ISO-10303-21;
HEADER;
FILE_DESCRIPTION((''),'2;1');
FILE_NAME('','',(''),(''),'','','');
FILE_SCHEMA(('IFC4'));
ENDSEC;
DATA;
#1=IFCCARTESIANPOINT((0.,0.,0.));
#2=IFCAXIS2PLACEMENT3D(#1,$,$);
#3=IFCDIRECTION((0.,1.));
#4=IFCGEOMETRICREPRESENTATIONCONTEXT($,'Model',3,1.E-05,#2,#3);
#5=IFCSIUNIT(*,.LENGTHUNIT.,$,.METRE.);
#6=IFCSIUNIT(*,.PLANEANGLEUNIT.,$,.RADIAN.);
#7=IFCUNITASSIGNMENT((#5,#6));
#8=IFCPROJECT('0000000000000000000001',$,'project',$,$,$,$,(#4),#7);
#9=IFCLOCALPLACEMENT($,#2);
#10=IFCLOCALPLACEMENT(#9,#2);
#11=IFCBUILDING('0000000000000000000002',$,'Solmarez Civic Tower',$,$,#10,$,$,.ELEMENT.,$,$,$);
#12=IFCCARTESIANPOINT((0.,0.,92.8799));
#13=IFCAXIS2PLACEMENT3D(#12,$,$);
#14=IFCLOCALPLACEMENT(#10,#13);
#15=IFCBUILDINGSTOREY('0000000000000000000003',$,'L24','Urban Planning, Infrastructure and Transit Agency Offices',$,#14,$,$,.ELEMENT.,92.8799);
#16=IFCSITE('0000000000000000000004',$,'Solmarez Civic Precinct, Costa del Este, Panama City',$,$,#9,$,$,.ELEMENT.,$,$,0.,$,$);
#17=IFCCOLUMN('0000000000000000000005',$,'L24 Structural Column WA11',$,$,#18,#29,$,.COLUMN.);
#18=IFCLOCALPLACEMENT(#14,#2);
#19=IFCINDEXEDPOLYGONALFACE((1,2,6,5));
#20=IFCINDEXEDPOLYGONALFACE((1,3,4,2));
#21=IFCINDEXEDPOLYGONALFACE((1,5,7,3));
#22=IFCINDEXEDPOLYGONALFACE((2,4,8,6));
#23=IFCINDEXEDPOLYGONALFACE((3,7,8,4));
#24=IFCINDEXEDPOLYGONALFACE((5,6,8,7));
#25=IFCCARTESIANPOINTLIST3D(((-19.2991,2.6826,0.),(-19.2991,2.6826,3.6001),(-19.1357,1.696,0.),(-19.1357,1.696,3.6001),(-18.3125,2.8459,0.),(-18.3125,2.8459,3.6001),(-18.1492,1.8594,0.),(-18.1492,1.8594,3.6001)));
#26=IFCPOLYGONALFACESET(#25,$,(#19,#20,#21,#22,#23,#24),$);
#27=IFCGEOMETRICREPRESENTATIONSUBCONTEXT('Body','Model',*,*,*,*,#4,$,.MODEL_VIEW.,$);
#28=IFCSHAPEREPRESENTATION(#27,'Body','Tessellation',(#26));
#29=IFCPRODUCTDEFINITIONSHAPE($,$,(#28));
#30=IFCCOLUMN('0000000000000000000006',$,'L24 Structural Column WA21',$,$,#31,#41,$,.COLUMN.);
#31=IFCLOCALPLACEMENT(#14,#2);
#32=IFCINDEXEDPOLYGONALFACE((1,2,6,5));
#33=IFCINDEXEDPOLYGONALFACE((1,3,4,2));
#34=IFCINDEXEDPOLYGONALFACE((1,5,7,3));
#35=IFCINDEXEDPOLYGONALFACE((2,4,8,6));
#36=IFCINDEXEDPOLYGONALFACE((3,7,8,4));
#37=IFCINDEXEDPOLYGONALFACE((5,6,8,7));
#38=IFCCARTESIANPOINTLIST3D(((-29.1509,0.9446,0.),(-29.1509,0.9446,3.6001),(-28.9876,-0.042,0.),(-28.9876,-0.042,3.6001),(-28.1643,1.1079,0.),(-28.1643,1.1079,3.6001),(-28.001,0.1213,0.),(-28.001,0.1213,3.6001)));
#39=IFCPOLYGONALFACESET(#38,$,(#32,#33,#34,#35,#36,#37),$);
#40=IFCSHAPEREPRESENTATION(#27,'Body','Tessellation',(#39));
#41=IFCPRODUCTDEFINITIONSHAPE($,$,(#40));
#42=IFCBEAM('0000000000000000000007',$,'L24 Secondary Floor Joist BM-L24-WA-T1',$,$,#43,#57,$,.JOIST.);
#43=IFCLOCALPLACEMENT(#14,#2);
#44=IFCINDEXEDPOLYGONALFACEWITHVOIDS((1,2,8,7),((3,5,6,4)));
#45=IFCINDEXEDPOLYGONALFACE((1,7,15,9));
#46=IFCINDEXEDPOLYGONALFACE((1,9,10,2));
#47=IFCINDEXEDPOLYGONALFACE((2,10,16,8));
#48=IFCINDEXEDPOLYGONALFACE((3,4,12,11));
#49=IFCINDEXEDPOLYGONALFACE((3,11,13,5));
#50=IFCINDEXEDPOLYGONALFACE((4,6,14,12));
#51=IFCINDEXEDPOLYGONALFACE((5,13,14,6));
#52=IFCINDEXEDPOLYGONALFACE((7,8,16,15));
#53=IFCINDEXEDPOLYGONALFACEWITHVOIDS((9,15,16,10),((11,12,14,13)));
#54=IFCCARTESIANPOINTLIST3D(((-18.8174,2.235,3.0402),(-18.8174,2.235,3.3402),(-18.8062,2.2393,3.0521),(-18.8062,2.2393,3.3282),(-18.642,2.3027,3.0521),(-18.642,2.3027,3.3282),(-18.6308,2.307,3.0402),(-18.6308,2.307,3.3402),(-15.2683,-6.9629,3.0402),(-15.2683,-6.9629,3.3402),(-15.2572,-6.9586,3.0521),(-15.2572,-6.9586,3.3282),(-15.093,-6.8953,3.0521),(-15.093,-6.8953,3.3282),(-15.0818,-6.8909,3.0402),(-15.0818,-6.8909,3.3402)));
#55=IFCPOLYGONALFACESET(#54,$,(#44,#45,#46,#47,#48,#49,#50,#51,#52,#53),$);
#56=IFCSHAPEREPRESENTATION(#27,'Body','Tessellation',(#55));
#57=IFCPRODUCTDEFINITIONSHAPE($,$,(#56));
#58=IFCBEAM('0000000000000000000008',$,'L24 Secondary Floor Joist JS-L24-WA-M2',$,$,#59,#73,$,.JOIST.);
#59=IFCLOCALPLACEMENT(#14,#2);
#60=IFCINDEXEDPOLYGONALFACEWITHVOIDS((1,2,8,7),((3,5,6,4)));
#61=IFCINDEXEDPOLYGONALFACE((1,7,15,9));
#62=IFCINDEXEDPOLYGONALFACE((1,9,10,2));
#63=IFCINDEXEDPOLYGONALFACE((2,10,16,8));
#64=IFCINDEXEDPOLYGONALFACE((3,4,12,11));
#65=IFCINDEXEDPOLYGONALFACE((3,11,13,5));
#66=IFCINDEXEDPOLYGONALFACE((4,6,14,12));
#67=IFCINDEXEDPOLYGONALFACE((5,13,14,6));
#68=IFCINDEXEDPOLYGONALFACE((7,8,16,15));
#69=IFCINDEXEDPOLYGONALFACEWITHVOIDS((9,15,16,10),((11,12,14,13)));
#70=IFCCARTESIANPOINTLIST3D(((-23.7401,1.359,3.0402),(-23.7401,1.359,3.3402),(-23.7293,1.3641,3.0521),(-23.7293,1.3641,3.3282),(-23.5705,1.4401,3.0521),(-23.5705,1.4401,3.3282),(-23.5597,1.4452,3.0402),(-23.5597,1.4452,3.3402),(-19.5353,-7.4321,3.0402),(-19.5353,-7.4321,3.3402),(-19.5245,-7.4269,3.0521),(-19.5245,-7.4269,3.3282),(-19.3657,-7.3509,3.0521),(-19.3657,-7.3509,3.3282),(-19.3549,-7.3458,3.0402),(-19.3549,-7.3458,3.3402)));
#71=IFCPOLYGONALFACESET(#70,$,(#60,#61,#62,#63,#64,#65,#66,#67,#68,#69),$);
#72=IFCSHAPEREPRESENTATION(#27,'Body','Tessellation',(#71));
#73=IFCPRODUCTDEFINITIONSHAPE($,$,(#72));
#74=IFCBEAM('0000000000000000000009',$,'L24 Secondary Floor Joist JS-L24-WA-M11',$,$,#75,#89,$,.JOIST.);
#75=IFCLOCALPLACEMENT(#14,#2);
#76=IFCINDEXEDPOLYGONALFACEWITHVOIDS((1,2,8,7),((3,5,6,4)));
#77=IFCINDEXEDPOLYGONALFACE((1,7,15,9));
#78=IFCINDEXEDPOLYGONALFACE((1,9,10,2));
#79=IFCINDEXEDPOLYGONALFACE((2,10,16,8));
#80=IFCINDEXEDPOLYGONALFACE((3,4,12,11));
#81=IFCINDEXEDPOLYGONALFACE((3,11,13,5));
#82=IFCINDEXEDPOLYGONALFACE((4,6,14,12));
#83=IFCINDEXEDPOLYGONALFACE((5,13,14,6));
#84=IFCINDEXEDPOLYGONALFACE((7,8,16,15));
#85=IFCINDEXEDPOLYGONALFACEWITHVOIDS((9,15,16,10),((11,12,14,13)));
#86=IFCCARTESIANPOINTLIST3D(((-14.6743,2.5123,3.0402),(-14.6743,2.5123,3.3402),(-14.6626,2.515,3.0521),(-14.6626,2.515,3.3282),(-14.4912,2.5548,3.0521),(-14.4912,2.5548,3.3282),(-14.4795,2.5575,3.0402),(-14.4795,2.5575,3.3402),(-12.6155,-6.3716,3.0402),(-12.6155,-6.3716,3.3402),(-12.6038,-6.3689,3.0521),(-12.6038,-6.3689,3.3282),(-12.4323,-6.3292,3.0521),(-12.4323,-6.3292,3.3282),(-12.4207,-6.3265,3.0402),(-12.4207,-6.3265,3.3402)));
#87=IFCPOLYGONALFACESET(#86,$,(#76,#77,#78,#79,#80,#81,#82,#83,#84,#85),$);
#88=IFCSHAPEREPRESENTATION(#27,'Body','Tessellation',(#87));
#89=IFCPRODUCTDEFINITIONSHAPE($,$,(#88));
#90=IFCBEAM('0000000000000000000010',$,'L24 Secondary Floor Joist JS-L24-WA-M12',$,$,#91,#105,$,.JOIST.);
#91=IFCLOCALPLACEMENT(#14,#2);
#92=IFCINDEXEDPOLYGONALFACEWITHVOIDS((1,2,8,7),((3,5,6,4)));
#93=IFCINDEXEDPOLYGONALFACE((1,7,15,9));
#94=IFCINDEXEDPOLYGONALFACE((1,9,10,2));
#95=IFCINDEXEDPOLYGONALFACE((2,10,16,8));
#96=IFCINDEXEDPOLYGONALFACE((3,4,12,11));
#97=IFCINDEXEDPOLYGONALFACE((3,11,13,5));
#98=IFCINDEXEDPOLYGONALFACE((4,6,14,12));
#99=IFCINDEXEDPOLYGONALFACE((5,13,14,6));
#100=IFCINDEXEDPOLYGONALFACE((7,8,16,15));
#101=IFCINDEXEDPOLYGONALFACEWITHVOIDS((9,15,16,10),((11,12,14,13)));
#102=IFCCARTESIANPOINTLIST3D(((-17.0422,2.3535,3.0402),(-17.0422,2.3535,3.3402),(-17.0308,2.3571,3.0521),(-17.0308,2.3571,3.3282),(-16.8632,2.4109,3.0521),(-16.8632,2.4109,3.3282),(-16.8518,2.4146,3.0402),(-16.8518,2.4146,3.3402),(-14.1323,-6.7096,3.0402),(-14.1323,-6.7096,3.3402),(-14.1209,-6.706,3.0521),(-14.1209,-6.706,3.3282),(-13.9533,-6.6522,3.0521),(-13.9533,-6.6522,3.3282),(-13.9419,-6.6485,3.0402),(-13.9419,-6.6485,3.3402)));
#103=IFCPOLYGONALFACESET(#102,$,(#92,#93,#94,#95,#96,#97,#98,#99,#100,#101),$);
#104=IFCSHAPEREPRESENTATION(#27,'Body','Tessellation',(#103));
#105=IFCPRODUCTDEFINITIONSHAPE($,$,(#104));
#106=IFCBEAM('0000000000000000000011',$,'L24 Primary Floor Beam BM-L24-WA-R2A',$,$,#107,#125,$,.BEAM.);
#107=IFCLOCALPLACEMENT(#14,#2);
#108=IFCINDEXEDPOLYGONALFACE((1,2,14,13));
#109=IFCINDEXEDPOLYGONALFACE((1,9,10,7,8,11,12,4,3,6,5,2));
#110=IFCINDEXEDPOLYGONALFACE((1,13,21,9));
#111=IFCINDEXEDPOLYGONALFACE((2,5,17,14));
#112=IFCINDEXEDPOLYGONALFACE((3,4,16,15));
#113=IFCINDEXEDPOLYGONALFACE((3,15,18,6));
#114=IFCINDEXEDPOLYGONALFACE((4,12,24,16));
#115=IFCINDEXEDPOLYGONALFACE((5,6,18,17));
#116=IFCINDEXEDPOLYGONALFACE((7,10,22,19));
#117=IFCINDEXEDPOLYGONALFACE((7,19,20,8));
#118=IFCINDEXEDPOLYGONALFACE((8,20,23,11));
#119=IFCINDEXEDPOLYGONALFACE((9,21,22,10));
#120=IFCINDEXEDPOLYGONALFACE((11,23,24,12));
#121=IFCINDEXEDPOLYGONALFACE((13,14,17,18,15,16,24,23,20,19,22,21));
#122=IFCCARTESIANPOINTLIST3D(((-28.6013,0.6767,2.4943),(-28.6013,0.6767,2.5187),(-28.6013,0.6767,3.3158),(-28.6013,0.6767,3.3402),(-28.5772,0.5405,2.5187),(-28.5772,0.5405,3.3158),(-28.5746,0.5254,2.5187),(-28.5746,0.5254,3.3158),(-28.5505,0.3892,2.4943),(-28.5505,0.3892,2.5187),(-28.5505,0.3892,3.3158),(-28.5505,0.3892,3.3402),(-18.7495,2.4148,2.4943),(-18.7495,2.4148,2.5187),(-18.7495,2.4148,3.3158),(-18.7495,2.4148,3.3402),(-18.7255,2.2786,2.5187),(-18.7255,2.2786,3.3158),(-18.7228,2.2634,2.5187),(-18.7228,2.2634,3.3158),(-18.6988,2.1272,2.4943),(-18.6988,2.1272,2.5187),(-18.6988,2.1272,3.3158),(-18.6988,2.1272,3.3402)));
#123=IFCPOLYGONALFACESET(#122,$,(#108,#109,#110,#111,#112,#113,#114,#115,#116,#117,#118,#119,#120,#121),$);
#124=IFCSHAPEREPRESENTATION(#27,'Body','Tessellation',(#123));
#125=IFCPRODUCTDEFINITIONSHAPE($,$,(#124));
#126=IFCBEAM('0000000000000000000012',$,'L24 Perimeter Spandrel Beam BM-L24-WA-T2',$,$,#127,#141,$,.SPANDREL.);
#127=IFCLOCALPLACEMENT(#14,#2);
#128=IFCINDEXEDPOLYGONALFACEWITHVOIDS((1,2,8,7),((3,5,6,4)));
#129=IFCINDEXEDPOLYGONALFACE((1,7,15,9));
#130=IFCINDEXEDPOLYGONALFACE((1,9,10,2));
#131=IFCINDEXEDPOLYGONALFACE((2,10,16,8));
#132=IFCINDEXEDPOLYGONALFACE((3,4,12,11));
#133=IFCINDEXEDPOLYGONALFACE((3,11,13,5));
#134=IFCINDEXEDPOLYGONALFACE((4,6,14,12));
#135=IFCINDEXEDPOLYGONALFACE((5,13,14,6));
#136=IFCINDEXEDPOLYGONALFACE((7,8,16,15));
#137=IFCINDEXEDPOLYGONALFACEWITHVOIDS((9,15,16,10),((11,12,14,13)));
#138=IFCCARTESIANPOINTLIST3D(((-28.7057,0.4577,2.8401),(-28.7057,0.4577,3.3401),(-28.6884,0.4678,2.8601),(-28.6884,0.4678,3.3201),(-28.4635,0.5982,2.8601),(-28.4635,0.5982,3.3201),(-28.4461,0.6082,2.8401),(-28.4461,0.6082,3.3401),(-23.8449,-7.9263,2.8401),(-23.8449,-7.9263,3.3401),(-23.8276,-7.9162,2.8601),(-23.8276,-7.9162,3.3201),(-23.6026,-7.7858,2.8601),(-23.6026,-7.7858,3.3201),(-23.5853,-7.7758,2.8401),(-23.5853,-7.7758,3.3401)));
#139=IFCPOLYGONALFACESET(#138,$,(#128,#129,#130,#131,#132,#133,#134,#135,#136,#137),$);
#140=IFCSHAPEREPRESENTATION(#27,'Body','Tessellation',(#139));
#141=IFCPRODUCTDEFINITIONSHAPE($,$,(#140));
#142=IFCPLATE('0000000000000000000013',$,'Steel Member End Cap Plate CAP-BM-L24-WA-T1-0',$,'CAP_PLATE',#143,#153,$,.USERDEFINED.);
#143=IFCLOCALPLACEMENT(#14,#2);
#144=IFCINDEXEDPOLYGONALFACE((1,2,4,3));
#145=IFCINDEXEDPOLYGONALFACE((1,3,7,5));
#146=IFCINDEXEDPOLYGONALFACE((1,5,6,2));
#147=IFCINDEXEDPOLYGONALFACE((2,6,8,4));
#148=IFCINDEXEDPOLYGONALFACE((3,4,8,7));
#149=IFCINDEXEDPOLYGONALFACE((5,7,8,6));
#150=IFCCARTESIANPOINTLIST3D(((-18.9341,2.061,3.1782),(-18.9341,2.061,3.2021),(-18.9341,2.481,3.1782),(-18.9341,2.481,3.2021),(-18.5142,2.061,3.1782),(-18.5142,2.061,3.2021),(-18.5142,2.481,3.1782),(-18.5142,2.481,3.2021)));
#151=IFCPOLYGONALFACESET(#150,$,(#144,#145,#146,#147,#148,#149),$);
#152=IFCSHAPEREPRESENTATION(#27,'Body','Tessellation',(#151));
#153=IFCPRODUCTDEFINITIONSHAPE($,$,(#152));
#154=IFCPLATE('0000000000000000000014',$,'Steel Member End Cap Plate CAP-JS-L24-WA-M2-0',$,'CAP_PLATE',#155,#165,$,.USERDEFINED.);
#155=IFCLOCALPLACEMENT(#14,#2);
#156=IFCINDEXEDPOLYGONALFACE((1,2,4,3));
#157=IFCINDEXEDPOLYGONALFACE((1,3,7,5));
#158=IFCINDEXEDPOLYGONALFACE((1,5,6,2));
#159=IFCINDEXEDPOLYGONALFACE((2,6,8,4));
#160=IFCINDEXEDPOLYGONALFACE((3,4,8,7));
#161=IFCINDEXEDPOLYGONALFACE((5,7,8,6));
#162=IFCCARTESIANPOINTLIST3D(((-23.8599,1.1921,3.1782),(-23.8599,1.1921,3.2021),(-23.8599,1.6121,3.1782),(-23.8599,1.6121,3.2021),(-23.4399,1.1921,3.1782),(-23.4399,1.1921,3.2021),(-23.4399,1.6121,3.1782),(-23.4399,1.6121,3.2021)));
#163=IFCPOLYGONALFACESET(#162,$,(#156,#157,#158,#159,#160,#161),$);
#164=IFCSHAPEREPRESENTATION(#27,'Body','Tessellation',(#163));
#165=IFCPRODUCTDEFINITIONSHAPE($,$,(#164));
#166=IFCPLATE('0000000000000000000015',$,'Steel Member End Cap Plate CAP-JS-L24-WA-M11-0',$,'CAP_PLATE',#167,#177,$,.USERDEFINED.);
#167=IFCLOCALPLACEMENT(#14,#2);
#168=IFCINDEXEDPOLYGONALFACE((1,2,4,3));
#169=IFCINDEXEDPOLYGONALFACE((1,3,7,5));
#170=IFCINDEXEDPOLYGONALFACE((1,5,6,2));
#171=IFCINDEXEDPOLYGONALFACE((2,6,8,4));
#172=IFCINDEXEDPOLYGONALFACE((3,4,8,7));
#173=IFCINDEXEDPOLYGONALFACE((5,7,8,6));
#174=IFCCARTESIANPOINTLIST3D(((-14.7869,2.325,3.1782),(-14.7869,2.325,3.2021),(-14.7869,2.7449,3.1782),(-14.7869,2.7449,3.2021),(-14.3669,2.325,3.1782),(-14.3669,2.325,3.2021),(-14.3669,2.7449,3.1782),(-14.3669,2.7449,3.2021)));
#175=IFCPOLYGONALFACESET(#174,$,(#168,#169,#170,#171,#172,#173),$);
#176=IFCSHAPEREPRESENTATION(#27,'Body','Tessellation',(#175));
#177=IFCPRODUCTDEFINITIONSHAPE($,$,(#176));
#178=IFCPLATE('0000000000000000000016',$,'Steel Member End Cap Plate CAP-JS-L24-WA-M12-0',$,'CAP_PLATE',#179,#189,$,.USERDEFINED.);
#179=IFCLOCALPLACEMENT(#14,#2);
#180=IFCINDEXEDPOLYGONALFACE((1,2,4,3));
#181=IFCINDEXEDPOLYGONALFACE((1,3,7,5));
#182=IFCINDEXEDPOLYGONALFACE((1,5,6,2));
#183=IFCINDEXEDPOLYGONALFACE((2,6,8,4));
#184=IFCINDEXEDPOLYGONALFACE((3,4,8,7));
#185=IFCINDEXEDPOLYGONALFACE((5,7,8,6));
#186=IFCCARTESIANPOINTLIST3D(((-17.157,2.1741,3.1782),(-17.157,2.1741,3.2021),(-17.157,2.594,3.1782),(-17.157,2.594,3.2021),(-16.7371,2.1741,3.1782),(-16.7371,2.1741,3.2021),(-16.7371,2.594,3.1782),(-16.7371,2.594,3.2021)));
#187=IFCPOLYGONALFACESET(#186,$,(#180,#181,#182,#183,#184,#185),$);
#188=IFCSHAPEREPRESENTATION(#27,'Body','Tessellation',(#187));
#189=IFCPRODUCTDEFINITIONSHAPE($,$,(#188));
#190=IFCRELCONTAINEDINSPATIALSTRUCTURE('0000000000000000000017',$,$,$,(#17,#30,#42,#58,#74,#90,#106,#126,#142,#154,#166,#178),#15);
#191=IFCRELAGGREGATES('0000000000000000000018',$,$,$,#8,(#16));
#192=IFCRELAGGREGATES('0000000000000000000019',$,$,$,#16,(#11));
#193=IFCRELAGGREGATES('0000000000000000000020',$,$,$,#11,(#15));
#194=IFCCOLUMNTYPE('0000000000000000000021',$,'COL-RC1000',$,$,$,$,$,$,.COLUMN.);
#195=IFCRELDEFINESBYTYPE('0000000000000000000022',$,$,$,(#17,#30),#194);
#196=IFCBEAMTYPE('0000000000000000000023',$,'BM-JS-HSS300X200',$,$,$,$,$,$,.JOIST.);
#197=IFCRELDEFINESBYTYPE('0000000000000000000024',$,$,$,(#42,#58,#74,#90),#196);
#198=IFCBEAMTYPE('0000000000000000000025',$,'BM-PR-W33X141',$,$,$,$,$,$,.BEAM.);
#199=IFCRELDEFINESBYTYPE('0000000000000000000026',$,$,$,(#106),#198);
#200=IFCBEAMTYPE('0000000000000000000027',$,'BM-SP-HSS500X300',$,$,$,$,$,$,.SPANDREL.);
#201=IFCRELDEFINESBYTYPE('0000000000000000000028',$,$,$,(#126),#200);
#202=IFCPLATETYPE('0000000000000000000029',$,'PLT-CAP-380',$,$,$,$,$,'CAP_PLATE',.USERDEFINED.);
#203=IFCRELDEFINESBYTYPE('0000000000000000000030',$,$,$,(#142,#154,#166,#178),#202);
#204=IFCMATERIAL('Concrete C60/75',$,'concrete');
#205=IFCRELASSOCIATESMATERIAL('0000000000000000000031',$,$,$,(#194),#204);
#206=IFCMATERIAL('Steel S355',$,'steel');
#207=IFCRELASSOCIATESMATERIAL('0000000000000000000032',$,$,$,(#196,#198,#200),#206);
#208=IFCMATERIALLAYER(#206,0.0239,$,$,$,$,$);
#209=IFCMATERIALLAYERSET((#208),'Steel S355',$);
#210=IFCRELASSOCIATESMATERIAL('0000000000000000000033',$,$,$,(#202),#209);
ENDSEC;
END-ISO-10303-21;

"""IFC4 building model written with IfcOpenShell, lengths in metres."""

from ifc_helpers import new_model, si_unit, direction, frame, origin, origin_2d, place, context, subcontext, project, spatial, rectangle, hollow_rectangle, i_section, extrude, material, layer, layer_set, material_profile, profile_set, type_object, element, save


model = new_model("IFC4")

# Units and contexts
model_context = context("Model", 3, precision=1e-05, world=origin(), true_north=direction((0.0, 1.0)))
body_context = subcontext(model_context, "Body", "Model", "MODEL_VIEW")
ifc_project = project(units=[si_unit("LENGTHUNIT", "METRE"), si_unit("PLANEANGLEUNIT", "RADIAN")], contexts=[model_context])

# Site, building, storey
site_placement = place(None, origin())
site = spatial("IfcSite", under=ifc_project, at=site_placement, Name="Solmarez Civic Precinct, Costa del Este, Panama City", CompositionType="ELEMENT", RefElevation=0.0)
building_placement = place(site_placement, origin())
building = spatial("IfcBuilding", under=site, at=building_placement, Name="Solmarez Civic Tower", CompositionType="ELEMENT")
storey_placement = place(building_placement, frame((0.0, 0.0, 92.8799)))
storey = spatial("IfcBuildingStorey", under=building, at=storey_placement, Name="L24", Description="Urban Planning, Infrastructure and Transit Agency Offices", CompositionType="ELEMENT", Elevation=92.8799)

# Columns
ifc_material_1 = material(Name="Concrete C60/75", Category="concrete")
ifc_material_profile_1 = material_profile(ifc_material_1, rectangle(XDim=1.0, YDim=1.0, at=origin_2d()), Name="RC1000X1000")
ifc_profile_set_1 = profile_set([ifc_material_profile_1], Name="Concrete C60/75")
column_type = type_object("IfcColumnType", Name="COL-RC1000", PredefinedType="COLUMN", material=ifc_profile_set_1)
for number, where, z_axis, x_axis, name in (
    (1, (-18.7241, 2.271, 0.0), (0.0, 0.0, 1.0), (0.986572, 0.163326, 0.0), "L24 Structural Column WA11"),
    (2, (-28.5759, 0.533, 0.0), (0.0, 0.0, 1.0), (0.986572, 0.163326, 0.0), "L24 Structural Column WA21"),
):
    element("IfcColumn", number, at=place(storey_placement, frame(where, z_axis=z_axis, x_axis=x_axis)), inside=storey, type_object=column_type, Name=name, PredefinedType="COLUMN", context=body_context, shape_type="SweptSolid", body=[
        extrude(rectangle(XDim=1.0, YDim=1.0, at=origin_2d()), origin(), (0.0, 0.0, 1.0), 3.6001),
    ])

# Beams
ifc_material_2 = material(Name="Steel S355", Category="steel")
ifc_material_profile_2 = material_profile(ifc_material_2, hollow_rectangle(XDim=0.2, YDim=0.3, WallThickness=0.012, at=origin_2d()), Name="HSS300X200X12")
ifc_profile_set_2 = profile_set([ifc_material_profile_2], Name="Steel S355")
beam_type_1 = type_object("IfcBeamType", Name="BM-JS-HSS300X200", PredefinedType="JOIST", material=ifc_profile_set_2)
beam_1_placement = place(storey_placement, frame((-18.7241, 2.271, 3.1902), z_axis=(0.359984, -0.932958, 0.0), x_axis=(0.932958, 0.359984, 0.0)))
element("IfcBeam", 3, at=beam_1_placement, inside=storey, type_object=beam_type_1, Name="L24 Secondary Floor Joist BM-L24-WA-T1", PredefinedType="JOIST", context=body_context, shape_type="SweptSolid", body=[
    extrude(hollow_rectangle(XDim=0.2, YDim=0.3, WallThickness=0.012, at=origin_2d()), origin(), (0.0, 0.0, 1.0), 9.8589),
])
beam_2_placement = place(storey_placement, frame((-23.6499, 1.4021, 3.1902), z_axis=(0.431492, -0.902117, 0.0), x_axis=(0.902117, 0.431492, 0.0)))
element("IfcBeam", 4, at=beam_2_placement, inside=storey, type_object=beam_type_1, Name="L24 Secondary Floor Joist JS-L24-WA-M2", PredefinedType="JOIST", context=body_context, shape_type="SweptSolid", body=[
    extrude(hollow_rectangle(XDim=0.2, YDim=0.3, WallThickness=0.012, at=origin_2d()), origin(), (0.0, 0.0, 1.0), 9.7449),
])
beam_3_placement = place(storey_placement, frame((-14.5769, 2.5349, 3.1902), z_axis=(0.225763, -0.974182, 0.0), x_axis=(0.974182, 0.225763, 0.0)))
element("IfcBeam", 5, at=beam_3_placement, inside=storey, type_object=beam_type_1, Name="L24 Secondary Floor Joist JS-L24-WA-M11", PredefinedType="JOIST", context=body_context, shape_type="SweptSolid", body=[
    extrude(hollow_rectangle(XDim=0.2, YDim=0.3, WallThickness=0.012, at=origin_2d()), origin(), (0.0, 0.0, 1.0), 9.1194),
])
beam_4_placement = place(storey_placement, frame((-16.947, 2.384, 3.1902), z_axis=(0.305705, -0.952126, 0.0), x_axis=(0.952126, 0.305705, 0.0)))
element("IfcBeam", 6, at=beam_4_placement, inside=storey, type_object=beam_type_1, Name="L24 Secondary Floor Joist JS-L24-WA-M12", PredefinedType="JOIST", context=body_context, shape_type="SweptSolid", body=[
    extrude(hollow_rectangle(XDim=0.2, YDim=0.3, WallThickness=0.012, at=origin_2d()), origin(), (0.0, 0.0, 1.0), 9.5188),
])
ifc_material_profile_3 = material_profile(ifc_material_2, i_section(OverallWidth=0.292, OverallDepth=0.8459, WebThickness=0.0154, FlangeThickness=0.0244, at=origin_2d()), Name="W33X141")
ifc_profile_set_3 = profile_set([ifc_material_profile_3], Name="Steel S355")
beam_type_2 = type_object("IfcBeamType", Name="BM-PR-W33X141", PredefinedType="BEAM", material=ifc_profile_set_3)
beam_5_placement = place(storey_placement, frame((-18.7241, 2.271, 2.9172), z_axis=(-0.984792, -0.173735, 0.0), x_axis=(0.173735, -0.984792, 0.0)))
element("IfcBeam", 7, at=beam_5_placement, inside=storey, type_object=beam_type_2, Name="L24 Primary Floor Beam BM-L24-WA-R2A", PredefinedType="BEAM", context=body_context, shape_type="SweptSolid", body=[
    extrude(i_section(OverallWidth=0.292, OverallDepth=0.8459, WebThickness=0.0154, FlangeThickness=0.0244, at=origin_2d()), origin(), (0.0, 0.0, 1.0), 10.0039),
])
ifc_material_profile_4 = material_profile(ifc_material_2, hollow_rectangle(XDim=0.3, YDim=0.5, WallThickness=0.02, at=origin_2d()), Name="HSS500X300X20")
ifc_profile_set_4 = profile_set([ifc_material_profile_4], Name="Steel S355")
beam_type_3 = type_object("IfcBeamType", Name="BM-SP-HSS500X300", PredefinedType="SPANDREL", material=ifc_profile_set_4)
beam_6_placement = place(storey_placement, frame((-28.5759, 0.533, 3.0901), z_axis=(0.501571, -0.865116, 0.0), x_axis=(0.865116, 0.501571, 0.0)))
element("IfcBeam", 8, at=beam_6_placement, inside=storey, type_object=beam_type_3, Name="L24 Perimeter Spandrel Beam BM-L24-WA-T2", PredefinedType="SPANDREL", context=body_context, shape_type="SweptSolid", body=[
    extrude(hollow_rectangle(XDim=0.3, YDim=0.5, WallThickness=0.02, at=origin_2d()), origin(), (0.0, 0.0, 1.0), 9.6912),
])

# Plates
ifc_layer_1 = layer(ifc_material_2, 0.0239)
ifc_layer_set_1 = layer_set([ifc_layer_1], Name="Steel S355")
plate_type_1 = type_object("IfcPlateType", Name="PLT-CAP-380", ElementType="CAP_PLATE", PredefinedType="USERDEFINED", material=ifc_layer_set_1)
for number, where, z_axis, x_axis, name in (
    (9, (-18.7241, 2.271, 3.1782), (0.0, 0.0, 1.0), (1.0, 0.0, 0.0), "Steel Member End Cap Plate CAP-BM-L24-WA-T1-0"),
    (10, (-23.6499, 1.4021, 3.1782), (0.0, 0.0, 1.0), (1.0, 0.0, 0.0), "Steel Member End Cap Plate CAP-JS-L24-WA-M2-0"),
    (11, (-14.5769, 2.5349, 3.1782), (0.0, 0.0, 1.0), (1.0, 0.0, 0.0), "Steel Member End Cap Plate CAP-JS-L24-WA-M11-0"),
    (12, (-16.947, 2.384, 3.1782), (0.0, 0.0, 1.0), (1.0, 0.0, 0.0), "Steel Member End Cap Plate CAP-JS-L24-WA-M12-0"),
):
    element("IfcPlate", number, at=place(storey_placement, frame(where, z_axis=z_axis, x_axis=x_axis)), inside=storey, type_object=plate_type_1, Name=name, ObjectType="CAP_PLATE", PredefinedType="USERDEFINED", context=body_context, shape_type="SweptSolid", body=[
        extrude(rectangle(XDim=0.4199, YDim=0.4199, at=origin_2d()), origin(), (0.0, 0.0, 1.0), 0.0239),
    ])

save(model, "model.ifc")
